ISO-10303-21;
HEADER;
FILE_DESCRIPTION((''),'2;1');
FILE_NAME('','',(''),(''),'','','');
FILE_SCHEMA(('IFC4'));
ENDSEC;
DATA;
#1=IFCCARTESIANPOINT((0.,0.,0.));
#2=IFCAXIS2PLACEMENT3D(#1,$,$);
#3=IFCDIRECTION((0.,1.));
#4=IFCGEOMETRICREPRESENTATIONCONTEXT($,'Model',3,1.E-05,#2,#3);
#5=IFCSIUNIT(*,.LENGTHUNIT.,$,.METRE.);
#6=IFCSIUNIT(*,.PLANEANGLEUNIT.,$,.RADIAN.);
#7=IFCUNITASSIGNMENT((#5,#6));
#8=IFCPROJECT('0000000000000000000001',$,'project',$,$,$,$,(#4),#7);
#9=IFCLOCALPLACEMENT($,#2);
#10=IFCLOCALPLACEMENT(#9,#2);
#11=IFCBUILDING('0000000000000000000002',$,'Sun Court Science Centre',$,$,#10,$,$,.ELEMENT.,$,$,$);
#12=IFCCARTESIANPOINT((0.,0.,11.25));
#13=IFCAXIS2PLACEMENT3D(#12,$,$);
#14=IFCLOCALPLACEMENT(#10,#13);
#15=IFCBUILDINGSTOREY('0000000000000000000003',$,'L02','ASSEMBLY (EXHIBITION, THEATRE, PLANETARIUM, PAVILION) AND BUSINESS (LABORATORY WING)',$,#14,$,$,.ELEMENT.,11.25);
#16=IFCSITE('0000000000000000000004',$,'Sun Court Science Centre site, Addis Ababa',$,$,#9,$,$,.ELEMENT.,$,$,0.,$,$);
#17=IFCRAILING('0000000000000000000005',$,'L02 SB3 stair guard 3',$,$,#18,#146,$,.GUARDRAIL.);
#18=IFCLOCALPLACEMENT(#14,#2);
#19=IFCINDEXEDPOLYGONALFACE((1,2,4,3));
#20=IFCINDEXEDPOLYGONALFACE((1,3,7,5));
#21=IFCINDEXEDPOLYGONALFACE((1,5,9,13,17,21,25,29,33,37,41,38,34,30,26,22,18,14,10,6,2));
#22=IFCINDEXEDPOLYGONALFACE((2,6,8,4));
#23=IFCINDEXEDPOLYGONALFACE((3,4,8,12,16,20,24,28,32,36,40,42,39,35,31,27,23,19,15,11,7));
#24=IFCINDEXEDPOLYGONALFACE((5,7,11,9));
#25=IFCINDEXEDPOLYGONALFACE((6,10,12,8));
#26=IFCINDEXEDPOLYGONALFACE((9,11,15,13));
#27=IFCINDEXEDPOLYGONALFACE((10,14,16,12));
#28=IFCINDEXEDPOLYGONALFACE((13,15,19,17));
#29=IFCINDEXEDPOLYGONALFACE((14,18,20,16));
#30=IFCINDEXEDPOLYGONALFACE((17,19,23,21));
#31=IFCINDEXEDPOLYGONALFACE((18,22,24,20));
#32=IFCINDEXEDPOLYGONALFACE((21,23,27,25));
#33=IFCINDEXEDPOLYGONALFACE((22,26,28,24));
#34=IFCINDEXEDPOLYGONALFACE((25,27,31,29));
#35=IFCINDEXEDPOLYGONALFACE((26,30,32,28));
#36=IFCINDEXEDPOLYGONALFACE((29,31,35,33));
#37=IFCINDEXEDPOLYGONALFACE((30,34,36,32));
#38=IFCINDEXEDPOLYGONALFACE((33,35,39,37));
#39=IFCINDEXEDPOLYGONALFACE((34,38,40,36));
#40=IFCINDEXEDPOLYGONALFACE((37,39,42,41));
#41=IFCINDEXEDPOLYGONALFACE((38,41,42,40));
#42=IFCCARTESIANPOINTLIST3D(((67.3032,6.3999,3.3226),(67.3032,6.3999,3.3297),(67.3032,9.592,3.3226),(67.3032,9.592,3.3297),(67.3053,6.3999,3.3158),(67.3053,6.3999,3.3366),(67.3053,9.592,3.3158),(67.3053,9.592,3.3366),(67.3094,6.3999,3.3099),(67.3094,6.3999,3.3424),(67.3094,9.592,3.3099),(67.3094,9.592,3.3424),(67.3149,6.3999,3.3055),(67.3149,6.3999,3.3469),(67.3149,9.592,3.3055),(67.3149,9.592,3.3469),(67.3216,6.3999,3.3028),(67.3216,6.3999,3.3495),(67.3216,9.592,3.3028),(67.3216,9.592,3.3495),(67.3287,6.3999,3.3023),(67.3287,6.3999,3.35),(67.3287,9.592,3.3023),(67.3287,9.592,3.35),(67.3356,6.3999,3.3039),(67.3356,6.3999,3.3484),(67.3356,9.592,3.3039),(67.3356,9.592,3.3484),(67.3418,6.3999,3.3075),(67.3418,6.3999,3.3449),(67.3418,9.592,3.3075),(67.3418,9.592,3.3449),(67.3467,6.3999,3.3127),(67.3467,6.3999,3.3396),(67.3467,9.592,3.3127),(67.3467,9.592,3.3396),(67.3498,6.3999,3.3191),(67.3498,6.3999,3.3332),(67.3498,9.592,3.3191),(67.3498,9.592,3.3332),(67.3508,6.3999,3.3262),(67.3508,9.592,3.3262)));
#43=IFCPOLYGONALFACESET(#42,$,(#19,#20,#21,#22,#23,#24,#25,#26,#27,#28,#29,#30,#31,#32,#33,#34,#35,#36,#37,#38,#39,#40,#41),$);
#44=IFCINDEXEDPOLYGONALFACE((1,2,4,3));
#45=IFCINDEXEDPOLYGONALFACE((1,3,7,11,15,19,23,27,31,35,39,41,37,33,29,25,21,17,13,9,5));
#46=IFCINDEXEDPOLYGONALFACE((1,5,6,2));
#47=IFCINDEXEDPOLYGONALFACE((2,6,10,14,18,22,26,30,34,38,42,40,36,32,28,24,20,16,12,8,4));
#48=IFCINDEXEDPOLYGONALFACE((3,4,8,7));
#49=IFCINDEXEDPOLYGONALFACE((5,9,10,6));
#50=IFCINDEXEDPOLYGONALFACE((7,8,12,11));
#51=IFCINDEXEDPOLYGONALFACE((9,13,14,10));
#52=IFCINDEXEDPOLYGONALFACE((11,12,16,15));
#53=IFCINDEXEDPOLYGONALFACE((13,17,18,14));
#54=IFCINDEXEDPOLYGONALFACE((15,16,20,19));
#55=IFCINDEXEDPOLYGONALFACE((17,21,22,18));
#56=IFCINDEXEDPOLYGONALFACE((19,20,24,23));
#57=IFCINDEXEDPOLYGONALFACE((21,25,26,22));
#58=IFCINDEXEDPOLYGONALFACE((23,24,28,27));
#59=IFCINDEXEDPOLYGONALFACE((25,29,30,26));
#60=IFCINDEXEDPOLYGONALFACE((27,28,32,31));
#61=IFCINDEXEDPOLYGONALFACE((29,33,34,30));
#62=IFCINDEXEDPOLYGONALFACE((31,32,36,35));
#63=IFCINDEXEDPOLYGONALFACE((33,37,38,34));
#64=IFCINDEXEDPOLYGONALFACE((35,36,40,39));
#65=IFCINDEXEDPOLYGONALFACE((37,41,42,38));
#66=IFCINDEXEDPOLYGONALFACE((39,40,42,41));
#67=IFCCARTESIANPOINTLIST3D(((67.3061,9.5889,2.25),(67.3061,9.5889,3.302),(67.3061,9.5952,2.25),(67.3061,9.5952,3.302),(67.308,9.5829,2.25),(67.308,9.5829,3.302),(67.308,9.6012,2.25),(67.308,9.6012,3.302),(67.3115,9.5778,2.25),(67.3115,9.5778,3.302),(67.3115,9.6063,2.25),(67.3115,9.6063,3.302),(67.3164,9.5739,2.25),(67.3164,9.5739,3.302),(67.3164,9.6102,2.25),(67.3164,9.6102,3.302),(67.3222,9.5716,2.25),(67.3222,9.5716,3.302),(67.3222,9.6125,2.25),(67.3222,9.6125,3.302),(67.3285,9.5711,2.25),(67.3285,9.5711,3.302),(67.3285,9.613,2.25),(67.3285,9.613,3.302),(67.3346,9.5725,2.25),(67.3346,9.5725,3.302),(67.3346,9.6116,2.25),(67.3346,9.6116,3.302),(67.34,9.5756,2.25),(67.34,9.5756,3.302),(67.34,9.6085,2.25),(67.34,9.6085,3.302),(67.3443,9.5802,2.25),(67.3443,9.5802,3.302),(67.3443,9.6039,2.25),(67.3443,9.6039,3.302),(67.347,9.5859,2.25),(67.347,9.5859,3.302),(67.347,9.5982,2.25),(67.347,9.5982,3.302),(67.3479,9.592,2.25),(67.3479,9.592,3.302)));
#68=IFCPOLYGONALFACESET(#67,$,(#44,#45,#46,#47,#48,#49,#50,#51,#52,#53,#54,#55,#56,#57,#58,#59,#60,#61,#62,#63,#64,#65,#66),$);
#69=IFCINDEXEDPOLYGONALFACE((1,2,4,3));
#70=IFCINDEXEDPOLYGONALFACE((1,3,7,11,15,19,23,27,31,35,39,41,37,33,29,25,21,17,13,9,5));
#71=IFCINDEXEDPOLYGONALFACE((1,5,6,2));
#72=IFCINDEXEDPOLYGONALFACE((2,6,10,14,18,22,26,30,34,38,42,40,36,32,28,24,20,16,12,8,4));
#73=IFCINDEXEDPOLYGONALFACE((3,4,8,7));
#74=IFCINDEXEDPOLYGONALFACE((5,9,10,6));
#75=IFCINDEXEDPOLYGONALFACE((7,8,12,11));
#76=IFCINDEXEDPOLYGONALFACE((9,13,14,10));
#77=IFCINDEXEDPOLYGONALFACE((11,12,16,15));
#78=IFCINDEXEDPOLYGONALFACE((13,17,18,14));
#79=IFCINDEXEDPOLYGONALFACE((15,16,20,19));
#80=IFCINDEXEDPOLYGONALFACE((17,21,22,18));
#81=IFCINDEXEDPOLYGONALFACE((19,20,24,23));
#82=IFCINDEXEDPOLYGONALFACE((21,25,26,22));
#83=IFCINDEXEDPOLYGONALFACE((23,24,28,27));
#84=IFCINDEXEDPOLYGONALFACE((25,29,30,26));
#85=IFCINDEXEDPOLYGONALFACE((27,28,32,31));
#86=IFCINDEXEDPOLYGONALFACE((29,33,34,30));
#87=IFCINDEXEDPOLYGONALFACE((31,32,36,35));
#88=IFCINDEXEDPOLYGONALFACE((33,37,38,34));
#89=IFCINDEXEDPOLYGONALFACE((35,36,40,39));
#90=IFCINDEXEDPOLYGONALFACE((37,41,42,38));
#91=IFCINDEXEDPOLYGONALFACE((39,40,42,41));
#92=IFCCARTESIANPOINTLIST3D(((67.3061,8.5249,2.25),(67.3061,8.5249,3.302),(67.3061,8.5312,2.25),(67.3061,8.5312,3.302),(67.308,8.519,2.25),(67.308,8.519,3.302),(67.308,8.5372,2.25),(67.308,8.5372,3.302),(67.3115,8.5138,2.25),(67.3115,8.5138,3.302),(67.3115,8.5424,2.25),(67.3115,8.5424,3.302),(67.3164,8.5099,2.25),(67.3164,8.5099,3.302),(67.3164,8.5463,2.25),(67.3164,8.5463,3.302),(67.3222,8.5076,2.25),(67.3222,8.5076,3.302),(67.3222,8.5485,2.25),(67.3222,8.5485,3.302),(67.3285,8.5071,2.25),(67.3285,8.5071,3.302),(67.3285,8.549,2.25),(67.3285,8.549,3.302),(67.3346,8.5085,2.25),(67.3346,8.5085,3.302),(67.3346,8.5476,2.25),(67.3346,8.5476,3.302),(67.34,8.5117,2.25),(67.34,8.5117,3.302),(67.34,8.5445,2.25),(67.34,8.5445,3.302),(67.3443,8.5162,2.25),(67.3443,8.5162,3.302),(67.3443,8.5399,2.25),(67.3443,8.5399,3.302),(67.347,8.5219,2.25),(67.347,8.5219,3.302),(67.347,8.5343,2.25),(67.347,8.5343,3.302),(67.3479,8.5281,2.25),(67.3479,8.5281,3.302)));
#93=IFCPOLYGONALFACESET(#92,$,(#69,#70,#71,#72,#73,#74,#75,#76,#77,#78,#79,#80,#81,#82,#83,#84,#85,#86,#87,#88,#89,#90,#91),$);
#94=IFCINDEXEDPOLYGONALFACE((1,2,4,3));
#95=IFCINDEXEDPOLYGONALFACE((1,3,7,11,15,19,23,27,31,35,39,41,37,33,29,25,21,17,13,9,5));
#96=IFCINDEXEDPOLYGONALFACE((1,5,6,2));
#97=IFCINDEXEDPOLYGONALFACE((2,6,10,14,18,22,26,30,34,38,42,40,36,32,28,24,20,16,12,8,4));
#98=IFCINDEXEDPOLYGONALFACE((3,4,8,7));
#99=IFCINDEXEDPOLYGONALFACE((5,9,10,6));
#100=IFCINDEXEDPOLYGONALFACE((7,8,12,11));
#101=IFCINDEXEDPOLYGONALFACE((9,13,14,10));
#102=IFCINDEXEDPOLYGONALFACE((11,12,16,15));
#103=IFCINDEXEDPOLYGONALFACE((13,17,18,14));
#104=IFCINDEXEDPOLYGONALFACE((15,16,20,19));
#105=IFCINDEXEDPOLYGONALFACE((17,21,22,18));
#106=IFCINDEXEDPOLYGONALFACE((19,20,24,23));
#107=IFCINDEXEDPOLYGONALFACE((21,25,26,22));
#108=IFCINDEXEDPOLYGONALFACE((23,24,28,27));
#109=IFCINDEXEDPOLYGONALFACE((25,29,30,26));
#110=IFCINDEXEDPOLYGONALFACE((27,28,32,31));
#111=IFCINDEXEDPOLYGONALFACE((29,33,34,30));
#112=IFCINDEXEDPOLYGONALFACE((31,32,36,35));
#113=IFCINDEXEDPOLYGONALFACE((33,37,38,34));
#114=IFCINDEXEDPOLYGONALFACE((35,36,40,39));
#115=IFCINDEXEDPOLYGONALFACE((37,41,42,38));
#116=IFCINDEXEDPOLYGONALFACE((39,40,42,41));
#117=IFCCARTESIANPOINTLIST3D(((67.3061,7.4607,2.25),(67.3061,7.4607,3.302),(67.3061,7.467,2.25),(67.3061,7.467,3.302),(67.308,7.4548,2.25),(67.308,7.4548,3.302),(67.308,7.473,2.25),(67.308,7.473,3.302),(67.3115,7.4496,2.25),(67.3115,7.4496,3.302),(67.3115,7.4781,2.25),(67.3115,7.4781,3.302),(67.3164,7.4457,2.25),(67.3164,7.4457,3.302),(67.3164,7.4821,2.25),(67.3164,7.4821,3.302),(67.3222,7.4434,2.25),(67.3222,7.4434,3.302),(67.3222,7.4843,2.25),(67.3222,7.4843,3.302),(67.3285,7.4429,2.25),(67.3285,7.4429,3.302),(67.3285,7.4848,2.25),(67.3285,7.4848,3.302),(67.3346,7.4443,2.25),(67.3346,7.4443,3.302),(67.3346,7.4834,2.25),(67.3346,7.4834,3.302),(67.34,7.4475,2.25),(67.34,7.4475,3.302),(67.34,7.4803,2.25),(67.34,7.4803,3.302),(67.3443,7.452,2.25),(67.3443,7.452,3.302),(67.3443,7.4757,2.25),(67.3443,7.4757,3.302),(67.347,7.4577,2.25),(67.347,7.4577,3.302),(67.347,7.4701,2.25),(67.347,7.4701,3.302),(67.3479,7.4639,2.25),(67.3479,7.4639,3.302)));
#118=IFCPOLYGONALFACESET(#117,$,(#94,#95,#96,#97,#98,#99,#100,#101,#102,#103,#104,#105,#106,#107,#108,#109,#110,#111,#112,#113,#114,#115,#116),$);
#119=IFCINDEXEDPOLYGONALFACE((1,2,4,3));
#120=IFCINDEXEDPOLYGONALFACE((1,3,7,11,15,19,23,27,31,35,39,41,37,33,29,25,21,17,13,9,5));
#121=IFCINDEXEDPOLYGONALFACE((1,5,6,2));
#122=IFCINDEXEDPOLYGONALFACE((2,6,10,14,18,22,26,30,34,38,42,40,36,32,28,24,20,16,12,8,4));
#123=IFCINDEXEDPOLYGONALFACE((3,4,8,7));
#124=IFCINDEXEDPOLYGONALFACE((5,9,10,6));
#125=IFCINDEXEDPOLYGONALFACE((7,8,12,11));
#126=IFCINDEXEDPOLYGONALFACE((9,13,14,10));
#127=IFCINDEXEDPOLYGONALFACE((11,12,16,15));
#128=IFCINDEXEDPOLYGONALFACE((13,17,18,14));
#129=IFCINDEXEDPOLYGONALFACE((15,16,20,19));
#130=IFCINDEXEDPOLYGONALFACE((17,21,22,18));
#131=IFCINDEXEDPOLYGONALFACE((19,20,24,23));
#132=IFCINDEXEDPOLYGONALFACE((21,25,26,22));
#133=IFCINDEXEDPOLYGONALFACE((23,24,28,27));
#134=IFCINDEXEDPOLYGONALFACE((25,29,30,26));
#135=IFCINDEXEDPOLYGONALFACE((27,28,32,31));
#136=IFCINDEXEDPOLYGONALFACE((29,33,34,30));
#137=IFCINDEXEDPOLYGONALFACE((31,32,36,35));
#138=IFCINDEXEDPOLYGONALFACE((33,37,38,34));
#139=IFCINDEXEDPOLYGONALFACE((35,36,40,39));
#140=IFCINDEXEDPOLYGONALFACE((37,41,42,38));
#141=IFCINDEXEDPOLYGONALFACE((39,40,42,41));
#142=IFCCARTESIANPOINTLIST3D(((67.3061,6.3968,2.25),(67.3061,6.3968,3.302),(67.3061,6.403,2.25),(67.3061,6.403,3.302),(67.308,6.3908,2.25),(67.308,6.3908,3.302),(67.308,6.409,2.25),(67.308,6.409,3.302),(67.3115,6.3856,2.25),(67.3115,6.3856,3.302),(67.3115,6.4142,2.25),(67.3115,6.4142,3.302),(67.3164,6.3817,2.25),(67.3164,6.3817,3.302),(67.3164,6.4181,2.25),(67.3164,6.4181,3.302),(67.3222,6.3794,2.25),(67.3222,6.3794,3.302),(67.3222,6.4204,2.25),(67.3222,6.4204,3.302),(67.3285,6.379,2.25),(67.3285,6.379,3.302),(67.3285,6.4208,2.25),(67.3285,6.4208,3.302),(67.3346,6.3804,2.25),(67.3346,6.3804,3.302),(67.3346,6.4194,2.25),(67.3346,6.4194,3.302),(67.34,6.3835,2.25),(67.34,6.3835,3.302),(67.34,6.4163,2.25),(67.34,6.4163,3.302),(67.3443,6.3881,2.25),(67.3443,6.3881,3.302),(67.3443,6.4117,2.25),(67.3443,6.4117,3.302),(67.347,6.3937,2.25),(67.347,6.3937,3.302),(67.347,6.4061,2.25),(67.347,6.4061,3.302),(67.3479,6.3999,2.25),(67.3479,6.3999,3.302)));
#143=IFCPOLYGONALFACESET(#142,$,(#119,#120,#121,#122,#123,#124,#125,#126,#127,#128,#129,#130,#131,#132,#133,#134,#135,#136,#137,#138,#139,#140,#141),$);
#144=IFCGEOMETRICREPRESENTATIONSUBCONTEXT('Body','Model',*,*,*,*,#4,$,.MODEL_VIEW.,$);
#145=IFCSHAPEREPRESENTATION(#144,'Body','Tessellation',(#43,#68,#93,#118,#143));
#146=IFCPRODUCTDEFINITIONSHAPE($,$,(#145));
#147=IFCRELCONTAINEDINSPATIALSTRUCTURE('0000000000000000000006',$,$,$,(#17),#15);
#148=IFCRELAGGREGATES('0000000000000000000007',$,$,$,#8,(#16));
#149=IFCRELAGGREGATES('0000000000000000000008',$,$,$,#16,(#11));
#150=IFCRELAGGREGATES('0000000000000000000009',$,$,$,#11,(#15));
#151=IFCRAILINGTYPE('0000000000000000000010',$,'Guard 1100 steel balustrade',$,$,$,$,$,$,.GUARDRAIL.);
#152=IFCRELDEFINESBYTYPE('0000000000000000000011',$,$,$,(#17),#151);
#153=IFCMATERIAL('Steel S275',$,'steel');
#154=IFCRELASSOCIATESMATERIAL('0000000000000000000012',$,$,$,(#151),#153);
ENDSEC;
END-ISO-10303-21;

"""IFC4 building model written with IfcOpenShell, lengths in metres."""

from ifc_helpers import new_model, si_unit, direction, frame, origin, origin_2d, place, context, subcontext, project, spatial, circle, extrude, material, type_object, element, save


model = new_model("IFC4")

# Units and contexts
model_context = context("Model", 3, precision=1e-05, world=origin(), true_north=direction((0.0, 1.0)))
body_context = subcontext(model_context, "Body", "Model", "MODEL_VIEW")
ifc_project = project(units=[si_unit("LENGTHUNIT", "METRE"), si_unit("PLANEANGLEUNIT", "RADIAN")], contexts=[model_context])

# Site, building, storey
site_placement = place(None, origin())
site = spatial("IfcSite", under=ifc_project, at=site_placement, Name="Sun Court Science Centre site, Addis Ababa", CompositionType="ELEMENT", RefElevation=0.0)
building_placement = place(site_placement, origin())
building = spatial("IfcBuilding", under=site, at=building_placement, Name="Sun Court Science Centre", CompositionType="ELEMENT")
storey_placement = place(building_placement, frame((0.0, 0.0, 11.25)))
storey = spatial("IfcBuildingStorey", under=building, at=storey_placement, Name="L02", Description="ASSEMBLY (EXHIBITION, THEATRE, PLANETARIUM, PAVILION) AND BUSINESS (LABORATORY WING)", CompositionType="ELEMENT", Elevation=11.25)

# Railing
ifc_material_1 = material(Name="Steel S275", Category="steel")
railing_type_1 = type_object("IfcRailingType", Name="Guard 1100 steel balustrade", PredefinedType="GUARDRAIL", material=ifc_material_1)
railing_1_placement = place(storey_placement, frame((67.3269, 9.592, 2.25)))
element("IfcRailing", 1, at=railing_1_placement, inside=storey, type_object=railing_type_1, Name="L02 SB3 stair guard 3", PredefinedType="GUARDRAIL", context=body_context, shape_type="SweptSolid", body=[
    extrude(circle(Radius=0.0239, at=origin_2d()), frame((0.0, 0.0, 1.0762), z_axis=(0.0, -1.0, 0.0), x_axis=(1.0, 0.0, 0.0)), (0.0, 0.0, 1.0), 3.1921),
    extrude(circle(Radius=0.021, at=origin_2d()), origin(), (0.0, 0.0, 1.0), 1.052),
    extrude(circle(Radius=0.021, at=origin_2d()), frame((0.0, -1.064, 0.0)), (0.0, 0.0, 1.0), 1.052),
    extrude(circle(Radius=0.021, at=origin_2d()), frame((0.0, -2.1282, 0.0)), (0.0, 0.0, 1.0), 1.052),
    extrude(circle(Radius=0.021, at=origin_2d()), frame((0.0, -3.1921, 0.0)), (0.0, 0.0, 1.0), 1.052),
])

save(model, "model.ifc")
